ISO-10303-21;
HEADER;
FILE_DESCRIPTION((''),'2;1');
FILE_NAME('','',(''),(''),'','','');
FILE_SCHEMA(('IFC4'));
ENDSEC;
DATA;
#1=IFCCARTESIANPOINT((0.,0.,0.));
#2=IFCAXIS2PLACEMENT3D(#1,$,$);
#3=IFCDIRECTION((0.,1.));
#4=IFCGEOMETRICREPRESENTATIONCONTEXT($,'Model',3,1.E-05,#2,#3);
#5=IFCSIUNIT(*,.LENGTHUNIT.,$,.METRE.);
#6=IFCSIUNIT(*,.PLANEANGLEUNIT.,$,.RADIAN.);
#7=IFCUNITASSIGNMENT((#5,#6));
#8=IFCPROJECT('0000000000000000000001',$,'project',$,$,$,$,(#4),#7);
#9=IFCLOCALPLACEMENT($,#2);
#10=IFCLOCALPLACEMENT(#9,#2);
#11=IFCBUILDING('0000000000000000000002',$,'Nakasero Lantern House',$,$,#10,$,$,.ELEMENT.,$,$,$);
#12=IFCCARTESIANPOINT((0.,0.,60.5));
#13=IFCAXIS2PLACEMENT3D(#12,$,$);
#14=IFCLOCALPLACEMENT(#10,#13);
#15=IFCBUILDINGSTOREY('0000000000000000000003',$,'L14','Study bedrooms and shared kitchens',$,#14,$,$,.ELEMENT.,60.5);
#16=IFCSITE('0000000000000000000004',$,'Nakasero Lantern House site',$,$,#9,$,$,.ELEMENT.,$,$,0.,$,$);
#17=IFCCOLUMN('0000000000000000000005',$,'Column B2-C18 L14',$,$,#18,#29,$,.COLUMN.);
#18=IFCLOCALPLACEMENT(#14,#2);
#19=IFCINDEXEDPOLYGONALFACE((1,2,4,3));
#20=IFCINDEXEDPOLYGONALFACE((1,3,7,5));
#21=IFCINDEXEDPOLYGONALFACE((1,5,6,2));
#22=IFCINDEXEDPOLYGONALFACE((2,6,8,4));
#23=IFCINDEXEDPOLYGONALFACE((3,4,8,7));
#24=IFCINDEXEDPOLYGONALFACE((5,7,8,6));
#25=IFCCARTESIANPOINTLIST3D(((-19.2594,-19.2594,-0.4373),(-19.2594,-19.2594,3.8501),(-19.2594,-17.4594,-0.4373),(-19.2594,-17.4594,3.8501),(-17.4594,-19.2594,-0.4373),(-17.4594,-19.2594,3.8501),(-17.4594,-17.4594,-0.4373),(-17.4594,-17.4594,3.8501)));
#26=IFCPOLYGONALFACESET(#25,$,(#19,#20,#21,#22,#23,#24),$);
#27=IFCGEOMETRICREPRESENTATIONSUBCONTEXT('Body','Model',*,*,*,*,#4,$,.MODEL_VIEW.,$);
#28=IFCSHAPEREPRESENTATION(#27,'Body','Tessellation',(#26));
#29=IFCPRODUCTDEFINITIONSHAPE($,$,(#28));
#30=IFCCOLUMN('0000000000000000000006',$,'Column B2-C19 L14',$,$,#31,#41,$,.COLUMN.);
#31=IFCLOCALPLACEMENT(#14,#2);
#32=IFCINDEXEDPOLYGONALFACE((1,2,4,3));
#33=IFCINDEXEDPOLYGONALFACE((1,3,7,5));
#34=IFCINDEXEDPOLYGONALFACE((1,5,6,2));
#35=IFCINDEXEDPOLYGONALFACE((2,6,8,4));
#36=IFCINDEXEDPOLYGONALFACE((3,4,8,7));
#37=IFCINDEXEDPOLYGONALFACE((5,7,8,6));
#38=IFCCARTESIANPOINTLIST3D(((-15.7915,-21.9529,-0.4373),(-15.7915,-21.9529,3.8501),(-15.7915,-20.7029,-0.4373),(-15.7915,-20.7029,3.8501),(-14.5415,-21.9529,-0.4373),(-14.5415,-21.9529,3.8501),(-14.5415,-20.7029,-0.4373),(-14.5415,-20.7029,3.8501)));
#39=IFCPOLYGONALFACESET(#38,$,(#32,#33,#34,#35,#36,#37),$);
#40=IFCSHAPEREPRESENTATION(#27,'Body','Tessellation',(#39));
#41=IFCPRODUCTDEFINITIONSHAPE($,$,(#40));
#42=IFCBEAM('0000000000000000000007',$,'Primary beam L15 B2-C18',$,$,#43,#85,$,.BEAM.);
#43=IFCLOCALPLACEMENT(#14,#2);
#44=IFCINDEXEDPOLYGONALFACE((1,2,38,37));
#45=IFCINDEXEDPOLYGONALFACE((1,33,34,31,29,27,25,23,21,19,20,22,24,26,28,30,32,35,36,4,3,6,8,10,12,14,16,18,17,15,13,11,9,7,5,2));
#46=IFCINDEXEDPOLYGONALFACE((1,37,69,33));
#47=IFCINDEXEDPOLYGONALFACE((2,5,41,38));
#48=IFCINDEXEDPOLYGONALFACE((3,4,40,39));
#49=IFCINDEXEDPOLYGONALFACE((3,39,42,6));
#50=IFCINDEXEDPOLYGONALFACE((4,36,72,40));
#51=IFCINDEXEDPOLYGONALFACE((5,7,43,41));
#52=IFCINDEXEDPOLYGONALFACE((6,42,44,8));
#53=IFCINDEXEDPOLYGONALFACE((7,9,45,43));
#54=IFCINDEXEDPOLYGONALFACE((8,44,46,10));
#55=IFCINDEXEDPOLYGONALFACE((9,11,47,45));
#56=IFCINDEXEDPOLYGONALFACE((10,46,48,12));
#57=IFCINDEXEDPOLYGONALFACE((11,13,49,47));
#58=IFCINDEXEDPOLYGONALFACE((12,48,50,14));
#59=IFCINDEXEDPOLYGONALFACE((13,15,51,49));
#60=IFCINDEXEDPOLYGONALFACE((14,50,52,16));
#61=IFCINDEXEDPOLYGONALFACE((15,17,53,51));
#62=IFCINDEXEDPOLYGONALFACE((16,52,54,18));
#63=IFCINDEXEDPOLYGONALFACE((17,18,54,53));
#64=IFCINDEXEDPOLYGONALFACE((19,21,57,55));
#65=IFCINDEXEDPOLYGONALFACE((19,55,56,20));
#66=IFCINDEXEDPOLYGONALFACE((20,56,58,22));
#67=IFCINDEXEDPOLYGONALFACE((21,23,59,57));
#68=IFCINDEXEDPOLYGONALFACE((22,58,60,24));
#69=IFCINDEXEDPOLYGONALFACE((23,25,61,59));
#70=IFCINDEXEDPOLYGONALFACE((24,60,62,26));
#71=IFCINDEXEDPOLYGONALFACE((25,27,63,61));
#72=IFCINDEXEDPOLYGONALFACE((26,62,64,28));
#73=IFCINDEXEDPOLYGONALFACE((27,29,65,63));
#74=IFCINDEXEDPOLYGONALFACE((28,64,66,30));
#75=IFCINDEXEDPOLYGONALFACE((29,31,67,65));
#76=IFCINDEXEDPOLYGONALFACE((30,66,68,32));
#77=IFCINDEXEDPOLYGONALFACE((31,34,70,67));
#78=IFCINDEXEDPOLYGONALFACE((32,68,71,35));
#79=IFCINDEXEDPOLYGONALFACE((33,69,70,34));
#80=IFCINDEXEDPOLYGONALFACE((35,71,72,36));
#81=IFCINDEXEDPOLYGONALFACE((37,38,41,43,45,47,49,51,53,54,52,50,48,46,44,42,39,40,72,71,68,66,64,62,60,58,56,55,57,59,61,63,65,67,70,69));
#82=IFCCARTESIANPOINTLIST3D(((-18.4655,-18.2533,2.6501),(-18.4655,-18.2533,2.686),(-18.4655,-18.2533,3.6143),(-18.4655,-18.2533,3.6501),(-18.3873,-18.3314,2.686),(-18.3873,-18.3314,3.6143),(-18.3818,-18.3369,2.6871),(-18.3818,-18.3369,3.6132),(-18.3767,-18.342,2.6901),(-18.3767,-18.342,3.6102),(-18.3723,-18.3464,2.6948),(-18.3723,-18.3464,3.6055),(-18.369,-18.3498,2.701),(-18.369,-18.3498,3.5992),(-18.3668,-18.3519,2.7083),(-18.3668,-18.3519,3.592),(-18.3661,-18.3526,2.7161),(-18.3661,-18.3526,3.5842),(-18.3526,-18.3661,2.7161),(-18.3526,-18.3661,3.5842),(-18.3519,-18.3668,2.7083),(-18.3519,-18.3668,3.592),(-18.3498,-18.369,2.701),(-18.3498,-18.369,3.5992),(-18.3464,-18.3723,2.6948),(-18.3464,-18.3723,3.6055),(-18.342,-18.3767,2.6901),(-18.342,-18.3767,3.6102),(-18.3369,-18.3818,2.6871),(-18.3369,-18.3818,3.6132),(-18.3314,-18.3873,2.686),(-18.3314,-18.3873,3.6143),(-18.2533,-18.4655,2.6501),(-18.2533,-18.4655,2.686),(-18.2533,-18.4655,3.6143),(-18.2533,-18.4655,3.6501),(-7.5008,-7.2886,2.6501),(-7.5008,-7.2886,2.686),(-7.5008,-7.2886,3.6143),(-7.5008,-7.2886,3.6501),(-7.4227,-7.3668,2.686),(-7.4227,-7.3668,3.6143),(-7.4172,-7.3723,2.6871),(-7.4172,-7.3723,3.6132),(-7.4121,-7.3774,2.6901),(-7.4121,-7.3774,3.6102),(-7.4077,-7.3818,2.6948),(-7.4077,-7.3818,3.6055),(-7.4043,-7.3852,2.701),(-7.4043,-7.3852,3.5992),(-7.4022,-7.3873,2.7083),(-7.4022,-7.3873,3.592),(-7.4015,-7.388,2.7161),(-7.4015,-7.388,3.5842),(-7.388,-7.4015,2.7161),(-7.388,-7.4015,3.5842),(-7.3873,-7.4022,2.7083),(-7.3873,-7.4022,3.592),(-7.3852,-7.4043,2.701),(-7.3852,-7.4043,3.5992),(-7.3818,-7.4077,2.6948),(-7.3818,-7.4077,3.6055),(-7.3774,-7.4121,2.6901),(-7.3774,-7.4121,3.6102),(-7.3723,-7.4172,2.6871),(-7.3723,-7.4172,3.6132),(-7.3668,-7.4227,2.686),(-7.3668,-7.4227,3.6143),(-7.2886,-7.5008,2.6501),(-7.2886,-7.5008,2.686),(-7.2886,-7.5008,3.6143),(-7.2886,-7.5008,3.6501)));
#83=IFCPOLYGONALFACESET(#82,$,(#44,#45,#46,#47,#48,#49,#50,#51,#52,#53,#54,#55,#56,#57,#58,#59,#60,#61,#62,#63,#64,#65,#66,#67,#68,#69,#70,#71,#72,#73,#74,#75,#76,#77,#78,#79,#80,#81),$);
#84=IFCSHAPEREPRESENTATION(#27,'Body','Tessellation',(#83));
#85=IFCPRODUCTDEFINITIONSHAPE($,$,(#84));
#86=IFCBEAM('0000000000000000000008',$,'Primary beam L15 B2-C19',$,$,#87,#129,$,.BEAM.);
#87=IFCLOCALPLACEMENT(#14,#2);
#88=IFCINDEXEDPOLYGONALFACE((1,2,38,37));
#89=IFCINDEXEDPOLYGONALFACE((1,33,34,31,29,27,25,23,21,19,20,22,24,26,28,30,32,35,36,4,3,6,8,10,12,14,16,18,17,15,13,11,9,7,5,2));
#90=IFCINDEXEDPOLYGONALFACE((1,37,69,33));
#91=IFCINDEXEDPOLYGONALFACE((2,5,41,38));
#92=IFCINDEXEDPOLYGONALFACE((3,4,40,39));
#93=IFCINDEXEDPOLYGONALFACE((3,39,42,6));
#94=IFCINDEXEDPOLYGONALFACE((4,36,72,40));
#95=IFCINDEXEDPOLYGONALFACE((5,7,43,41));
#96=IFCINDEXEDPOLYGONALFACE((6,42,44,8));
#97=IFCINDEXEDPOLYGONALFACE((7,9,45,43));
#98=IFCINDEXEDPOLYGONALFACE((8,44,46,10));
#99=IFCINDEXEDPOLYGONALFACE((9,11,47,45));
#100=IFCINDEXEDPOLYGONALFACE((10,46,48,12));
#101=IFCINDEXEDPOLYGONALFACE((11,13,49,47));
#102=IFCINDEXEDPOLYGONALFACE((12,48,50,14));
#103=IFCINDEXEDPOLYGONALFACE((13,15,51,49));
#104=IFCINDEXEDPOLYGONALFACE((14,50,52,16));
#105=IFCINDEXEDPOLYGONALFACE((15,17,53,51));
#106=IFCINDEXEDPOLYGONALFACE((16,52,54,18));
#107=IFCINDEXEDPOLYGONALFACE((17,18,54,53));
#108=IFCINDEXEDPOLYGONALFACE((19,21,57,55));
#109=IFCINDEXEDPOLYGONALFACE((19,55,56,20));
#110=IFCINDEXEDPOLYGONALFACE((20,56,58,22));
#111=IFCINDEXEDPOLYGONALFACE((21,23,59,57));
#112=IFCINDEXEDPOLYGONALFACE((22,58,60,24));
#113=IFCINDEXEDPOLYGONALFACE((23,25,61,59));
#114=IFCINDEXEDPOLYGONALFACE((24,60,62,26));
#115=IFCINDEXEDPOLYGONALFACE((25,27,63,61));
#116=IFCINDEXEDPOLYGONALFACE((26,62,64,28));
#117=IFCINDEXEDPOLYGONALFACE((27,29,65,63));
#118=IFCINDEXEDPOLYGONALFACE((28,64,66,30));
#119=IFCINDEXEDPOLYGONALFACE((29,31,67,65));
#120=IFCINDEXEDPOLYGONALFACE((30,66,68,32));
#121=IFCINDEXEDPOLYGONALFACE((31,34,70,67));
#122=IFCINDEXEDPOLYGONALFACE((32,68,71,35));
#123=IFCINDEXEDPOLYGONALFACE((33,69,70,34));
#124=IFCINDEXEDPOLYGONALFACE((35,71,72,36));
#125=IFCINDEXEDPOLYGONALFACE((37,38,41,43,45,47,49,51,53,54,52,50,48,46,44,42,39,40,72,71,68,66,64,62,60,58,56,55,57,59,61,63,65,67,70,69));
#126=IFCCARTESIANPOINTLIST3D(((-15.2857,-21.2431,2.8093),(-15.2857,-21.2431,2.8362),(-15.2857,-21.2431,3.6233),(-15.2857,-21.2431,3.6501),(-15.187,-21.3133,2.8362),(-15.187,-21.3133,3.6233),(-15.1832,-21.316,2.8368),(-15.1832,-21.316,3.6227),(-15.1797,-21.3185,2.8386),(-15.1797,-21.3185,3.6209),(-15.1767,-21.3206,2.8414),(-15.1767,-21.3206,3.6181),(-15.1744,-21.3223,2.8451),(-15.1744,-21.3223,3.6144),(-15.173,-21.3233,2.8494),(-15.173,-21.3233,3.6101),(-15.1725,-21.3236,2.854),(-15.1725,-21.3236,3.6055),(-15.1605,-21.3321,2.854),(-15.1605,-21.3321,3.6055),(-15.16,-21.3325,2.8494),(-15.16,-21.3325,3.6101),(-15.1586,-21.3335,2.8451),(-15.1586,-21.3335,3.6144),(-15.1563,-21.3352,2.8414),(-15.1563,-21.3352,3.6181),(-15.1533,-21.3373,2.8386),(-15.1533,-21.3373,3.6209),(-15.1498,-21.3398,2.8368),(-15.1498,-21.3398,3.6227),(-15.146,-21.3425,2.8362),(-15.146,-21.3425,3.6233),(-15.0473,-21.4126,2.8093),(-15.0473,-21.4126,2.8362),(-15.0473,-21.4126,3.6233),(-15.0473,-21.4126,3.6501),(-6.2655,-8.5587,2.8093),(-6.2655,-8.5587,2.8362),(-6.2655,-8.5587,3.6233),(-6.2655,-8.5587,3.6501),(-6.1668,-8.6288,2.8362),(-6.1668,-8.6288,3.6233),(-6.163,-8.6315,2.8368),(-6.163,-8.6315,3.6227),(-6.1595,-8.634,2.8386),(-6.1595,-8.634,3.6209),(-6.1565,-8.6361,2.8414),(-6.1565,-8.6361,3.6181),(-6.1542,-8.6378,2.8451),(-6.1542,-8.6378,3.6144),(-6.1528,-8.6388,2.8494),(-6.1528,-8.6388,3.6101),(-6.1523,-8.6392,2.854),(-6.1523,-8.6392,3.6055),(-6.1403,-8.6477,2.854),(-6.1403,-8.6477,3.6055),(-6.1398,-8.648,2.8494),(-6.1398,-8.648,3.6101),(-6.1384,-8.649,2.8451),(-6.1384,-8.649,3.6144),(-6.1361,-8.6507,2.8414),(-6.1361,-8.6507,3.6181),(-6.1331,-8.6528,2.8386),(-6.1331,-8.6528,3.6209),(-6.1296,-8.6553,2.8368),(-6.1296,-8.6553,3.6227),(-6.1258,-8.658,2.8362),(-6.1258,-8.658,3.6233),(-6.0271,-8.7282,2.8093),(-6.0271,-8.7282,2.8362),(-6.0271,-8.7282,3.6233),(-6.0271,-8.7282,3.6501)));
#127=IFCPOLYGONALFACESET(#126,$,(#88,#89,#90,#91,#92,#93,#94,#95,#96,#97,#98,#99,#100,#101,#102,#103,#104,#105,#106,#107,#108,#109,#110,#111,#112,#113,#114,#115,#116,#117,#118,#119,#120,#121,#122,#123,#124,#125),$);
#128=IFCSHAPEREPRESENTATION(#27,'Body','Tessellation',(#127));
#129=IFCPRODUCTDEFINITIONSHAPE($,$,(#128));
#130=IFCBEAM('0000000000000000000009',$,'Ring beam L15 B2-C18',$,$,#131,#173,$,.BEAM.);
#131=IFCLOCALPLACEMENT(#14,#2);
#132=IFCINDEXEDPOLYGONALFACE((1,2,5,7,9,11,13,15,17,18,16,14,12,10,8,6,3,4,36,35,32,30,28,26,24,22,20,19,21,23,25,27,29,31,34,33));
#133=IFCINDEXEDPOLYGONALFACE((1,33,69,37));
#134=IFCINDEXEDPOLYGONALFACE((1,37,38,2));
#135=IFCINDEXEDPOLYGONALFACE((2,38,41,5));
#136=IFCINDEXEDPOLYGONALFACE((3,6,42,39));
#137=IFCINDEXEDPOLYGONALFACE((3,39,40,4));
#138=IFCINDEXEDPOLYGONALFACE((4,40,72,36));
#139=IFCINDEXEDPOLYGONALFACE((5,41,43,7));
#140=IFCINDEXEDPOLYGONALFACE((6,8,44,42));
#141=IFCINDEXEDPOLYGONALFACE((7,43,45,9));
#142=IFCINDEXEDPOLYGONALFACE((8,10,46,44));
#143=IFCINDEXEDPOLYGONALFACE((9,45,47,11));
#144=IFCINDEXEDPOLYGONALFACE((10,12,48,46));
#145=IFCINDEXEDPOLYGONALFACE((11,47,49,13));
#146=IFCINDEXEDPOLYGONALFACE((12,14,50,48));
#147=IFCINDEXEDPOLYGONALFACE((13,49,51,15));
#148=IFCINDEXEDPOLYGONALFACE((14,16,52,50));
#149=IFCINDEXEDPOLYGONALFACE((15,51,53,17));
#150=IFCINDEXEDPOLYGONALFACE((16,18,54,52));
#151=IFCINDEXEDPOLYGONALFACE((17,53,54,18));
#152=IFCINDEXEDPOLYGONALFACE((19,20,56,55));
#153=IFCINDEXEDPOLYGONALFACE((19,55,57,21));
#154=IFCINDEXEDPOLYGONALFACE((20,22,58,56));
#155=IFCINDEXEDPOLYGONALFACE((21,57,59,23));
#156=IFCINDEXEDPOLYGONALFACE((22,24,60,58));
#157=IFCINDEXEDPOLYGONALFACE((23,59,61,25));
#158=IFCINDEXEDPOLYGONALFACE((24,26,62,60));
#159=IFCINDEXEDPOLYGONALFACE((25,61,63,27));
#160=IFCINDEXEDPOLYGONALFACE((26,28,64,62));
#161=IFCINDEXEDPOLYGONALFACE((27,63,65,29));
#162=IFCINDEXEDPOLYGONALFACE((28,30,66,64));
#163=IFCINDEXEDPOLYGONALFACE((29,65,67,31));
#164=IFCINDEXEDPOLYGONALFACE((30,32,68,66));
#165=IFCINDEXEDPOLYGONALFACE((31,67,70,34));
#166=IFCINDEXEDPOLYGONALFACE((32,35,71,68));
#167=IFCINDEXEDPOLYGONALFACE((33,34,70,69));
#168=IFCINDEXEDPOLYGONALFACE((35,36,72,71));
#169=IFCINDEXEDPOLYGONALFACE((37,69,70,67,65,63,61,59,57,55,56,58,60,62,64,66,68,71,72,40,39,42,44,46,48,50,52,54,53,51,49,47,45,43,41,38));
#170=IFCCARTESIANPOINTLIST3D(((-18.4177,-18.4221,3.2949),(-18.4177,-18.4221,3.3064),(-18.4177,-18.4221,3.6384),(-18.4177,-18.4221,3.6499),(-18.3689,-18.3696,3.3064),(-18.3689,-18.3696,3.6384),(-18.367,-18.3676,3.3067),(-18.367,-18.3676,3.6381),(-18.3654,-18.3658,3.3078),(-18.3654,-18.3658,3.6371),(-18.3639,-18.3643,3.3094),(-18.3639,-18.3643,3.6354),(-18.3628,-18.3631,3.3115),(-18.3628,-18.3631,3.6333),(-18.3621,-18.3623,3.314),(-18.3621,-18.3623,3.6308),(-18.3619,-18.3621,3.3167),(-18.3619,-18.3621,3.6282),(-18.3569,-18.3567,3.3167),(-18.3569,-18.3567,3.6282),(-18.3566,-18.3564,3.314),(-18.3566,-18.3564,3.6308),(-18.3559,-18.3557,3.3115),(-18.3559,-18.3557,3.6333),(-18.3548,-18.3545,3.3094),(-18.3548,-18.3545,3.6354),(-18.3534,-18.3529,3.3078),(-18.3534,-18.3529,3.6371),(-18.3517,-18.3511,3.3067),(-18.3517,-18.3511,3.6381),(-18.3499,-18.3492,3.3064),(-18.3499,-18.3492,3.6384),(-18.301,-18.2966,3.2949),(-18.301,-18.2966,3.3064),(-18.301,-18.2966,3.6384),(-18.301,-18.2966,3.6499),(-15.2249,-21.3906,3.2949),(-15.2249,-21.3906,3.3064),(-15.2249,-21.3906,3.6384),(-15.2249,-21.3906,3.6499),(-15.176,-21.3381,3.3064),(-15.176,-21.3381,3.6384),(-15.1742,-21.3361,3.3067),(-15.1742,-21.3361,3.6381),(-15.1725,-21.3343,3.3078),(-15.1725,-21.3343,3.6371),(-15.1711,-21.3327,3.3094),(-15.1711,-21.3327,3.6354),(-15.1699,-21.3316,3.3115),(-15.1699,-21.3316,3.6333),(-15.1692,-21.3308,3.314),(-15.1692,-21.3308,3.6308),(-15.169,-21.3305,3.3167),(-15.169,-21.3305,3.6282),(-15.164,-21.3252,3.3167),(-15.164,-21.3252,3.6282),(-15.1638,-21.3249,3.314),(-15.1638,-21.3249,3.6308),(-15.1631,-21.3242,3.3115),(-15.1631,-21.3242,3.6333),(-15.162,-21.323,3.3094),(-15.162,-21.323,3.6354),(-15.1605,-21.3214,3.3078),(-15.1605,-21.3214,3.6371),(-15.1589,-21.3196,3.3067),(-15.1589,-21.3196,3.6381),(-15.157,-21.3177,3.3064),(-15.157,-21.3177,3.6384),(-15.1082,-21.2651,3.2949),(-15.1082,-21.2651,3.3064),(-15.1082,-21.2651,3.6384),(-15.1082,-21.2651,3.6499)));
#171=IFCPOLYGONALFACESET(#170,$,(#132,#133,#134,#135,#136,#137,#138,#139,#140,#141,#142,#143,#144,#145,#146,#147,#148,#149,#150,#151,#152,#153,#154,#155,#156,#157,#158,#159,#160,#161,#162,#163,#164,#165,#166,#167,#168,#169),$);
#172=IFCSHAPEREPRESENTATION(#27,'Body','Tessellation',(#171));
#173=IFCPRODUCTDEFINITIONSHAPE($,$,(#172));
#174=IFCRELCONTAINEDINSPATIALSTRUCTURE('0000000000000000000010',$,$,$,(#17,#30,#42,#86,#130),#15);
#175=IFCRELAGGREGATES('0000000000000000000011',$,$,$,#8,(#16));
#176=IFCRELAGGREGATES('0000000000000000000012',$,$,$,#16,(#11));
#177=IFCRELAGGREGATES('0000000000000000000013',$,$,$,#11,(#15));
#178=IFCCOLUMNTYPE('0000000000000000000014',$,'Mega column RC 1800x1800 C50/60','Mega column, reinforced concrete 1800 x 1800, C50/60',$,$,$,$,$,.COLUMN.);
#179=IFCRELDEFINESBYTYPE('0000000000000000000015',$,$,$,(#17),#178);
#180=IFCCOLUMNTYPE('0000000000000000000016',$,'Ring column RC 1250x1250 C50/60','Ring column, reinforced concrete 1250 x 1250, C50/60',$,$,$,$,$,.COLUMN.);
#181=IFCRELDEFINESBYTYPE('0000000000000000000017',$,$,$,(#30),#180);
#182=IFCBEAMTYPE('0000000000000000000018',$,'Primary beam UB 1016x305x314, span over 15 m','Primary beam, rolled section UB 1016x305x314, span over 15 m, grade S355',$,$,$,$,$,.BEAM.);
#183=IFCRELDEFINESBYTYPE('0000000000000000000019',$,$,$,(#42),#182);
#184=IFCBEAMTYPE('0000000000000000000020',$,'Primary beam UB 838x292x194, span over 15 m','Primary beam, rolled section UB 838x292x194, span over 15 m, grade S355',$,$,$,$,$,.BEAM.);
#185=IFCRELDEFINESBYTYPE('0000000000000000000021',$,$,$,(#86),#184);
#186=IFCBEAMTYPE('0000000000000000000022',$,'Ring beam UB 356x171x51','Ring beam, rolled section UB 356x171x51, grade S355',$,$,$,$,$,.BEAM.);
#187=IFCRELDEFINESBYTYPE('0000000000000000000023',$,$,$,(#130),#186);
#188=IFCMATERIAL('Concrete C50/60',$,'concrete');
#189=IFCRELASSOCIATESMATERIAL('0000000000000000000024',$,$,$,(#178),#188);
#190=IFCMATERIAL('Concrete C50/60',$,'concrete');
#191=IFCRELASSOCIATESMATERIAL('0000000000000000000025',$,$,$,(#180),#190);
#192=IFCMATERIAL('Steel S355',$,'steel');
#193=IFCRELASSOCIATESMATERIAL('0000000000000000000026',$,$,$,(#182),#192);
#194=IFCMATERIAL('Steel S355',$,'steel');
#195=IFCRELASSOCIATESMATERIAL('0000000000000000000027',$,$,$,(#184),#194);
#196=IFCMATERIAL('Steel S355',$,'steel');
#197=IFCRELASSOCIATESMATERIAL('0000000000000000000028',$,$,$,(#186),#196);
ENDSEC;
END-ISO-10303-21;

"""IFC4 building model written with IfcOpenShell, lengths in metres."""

from ifc_helpers import new_model, si_unit, direction, frame, origin, origin_2d, place, context, subcontext, project, spatial, rectangle, i_section, extrude, material, material_profile, profile_set, type_object, element, save


model = new_model("IFC4")

# Units and contexts
model_context = context("Model", 3, precision=1e-05, world=origin(), true_north=direction((0.0, 1.0)))
body_context = subcontext(model_context, "Body", "Model", "MODEL_VIEW")
ifc_project = project(units=[si_unit("LENGTHUNIT", "METRE"), si_unit("PLANEANGLEUNIT", "RADIAN")], contexts=[model_context])

# Site, building, storey
site_placement = place(None, origin())
site = spatial("IfcSite", under=ifc_project, at=site_placement, Name="Nakasero Lantern House site", CompositionType="ELEMENT", RefElevation=0.0)
building_placement = place(site_placement, origin())
building = spatial("IfcBuilding", under=site, at=building_placement, Name="Nakasero Lantern House", CompositionType="ELEMENT")
storey_placement = place(building_placement, frame((0.0, 0.0, 60.5)))
storey = spatial("IfcBuildingStorey", under=building, at=storey_placement, Name="L14", Description="Study bedrooms and shared kitchens", CompositionType="ELEMENT", Elevation=60.5)

# Columns
ifc_material_1 = material(Name="Concrete C50/60", Category="concrete")
ifc_material_profile_1 = material_profile(ifc_material_1, rectangle(XDim=1.8, YDim=1.8, at=origin_2d()), Name="RC 1800x1800")
ifc_profile_set_1 = profile_set([ifc_material_profile_1], Name="Concrete C50/60")
column_type_1 = type_object("IfcColumnType", Name="Mega column RC 1800x1800 C50/60", Description="Mega column, reinforced concrete 1800 x 1800, C50/60", PredefinedType="COLUMN", material=ifc_profile_set_1)
column_1_placement = place(storey_placement, frame((-18.3594, -18.3594, -0.4373), z_axis=(0.0, 0.0, 1.0), x_axis=(1.0, 0.0, 0.0)))
element("IfcColumn", 1, at=column_1_placement, inside=storey, type_object=column_type_1, Name="Column B2-C18 L14", PredefinedType="COLUMN", context=body_context, shape_type="SweptSolid", body=[
    extrude(rectangle(XDim=1.8, YDim=1.8, at=origin_2d()), origin(), (0.0, 0.0, 1.0), 4.2874),
])
ifc_material_2 = material(Name="Concrete C50/60", Category="concrete")
ifc_material_profile_2 = material_profile(ifc_material_2, rectangle(XDim=1.25, YDim=1.25, at=origin_2d()), Name="RC 1250x1250")
ifc_profile_set_2 = profile_set([ifc_material_profile_2], Name="Concrete C50/60")
column_type_2 = type_object("IfcColumnType", Name="Ring column RC 1250x1250 C50/60", Description="Ring column, reinforced concrete 1250 x 1250, C50/60", PredefinedType="COLUMN", material=ifc_profile_set_2)
column_2_placement = place(storey_placement, frame((-15.1665, -21.3279, -0.4373), z_axis=(0.0, 0.0, 1.0), x_axis=(1.0, 0.0, 0.0)))
element("IfcColumn", 2, at=column_2_placement, inside=storey, type_object=column_type_2, Name="Column B2-C19 L14", PredefinedType="COLUMN", context=body_context, shape_type="SweptSolid", body=[
    extrude(rectangle(XDim=1.25, YDim=1.25, at=origin_2d()), origin(), (0.0, 0.0, 1.0), 4.2874),
])

# Beams
ifc_material_3 = material(Name="Steel S355", Category="steel")
ifc_material_profile_3 = material_profile(ifc_material_3, i_section(OverallWidth=0.3, OverallDepth=1.0, WebThickness=0.019, FlangeThickness=0.0359, FilletRadius=0.03, at=origin_2d()), Name="UB 1016x305x314")
ifc_profile_set_3 = profile_set([ifc_material_profile_3], Name="Steel S355")
beam_type_1 = type_object("IfcBeamType", Name="Primary beam UB 1016x305x314, span over 15 m", Description="Primary beam, rolled section UB 1016x305x314, span over 15 m, grade S355", PredefinedType="BEAM", material=ifc_profile_set_3)
beam_1_placement = place(storey_placement, frame((-18.3594, -18.3594, 3.1501), z_axis=(0.707107, 0.707107, 0.0), x_axis=(-0.707107, 0.707107, 0.0)))
element("IfcBeam", 3, at=beam_1_placement, inside=storey, type_object=beam_type_1, Name="Primary beam L15 B2-C18", PredefinedType="BEAM", context=body_context, shape_type="SweptSolid", body=[
    extrude(i_section(OverallWidth=0.3, OverallDepth=1.0, WebThickness=0.019, FlangeThickness=0.0359, FilletRadius=0.03, at=origin_2d()), origin(), (0.0, 0.0, 1.0), 15.5063),
])
ifc_material_4 = material(Name="Steel S355", Category="steel")
ifc_material_profile_4 = material_profile(ifc_material_4, i_section(OverallWidth=0.2925, OverallDepth=0.8408, WebThickness=0.0146, FlangeThickness=0.0269, FilletRadius=0.0178, at=origin_2d()), Name="UB 838x292x194")
ifc_profile_set_4 = profile_set([ifc_material_profile_4], Name="Steel S355")
beam_type_2 = type_object("IfcBeamType", Name="Primary beam UB 838x292x194, span over 15 m", Description="Primary beam, rolled section UB 838x292x194, span over 15 m, grade S355", PredefinedType="BEAM", material=ifc_profile_set_4)
beam_2_placement = place(storey_placement, frame((-15.1665, -21.3279, 3.2297), z_axis=(0.579529, 0.814952, 0.0), x_axis=(-0.814952, 0.579529, 0.0)))
element("IfcBeam", 4, at=beam_2_placement, inside=storey, type_object=beam_type_2, Name="Primary beam L15 B2-C19", PredefinedType="BEAM", context=body_context, shape_type="SweptSolid", body=[
    extrude(i_section(OverallWidth=0.2925, OverallDepth=0.8408, WebThickness=0.0146, FlangeThickness=0.0269, FilletRadius=0.0178, at=origin_2d()), origin(), (0.0, 0.0, 1.0), 15.5647),
])
ifc_material_5 = material(Name="Steel S355", Category="steel")
ifc_material_profile_5 = material_profile(ifc_material_5, i_section(OverallWidth=0.1714, OverallDepth=0.355, WebThickness=0.0073, FlangeThickness=0.0115, FilletRadius=0.0103, at=origin_2d()), Name="UB 356x171x51")
ifc_profile_set_5 = profile_set([ifc_material_profile_5], Name="Steel S355")
beam_type_3 = type_object("IfcBeamType", Name="Ring beam UB 356x171x51", Description="Ring beam, rolled section UB 356x171x51, grade S355", PredefinedType="BEAM", material=ifc_profile_set_5)
beam_3_placement = place(storey_placement, frame((-18.3594, -18.3594, 3.4724), z_axis=(0.732371, -0.680906, 0.0), x_axis=(0.680906, 0.732371, 0.0)))
element("IfcBeam", 5, at=beam_3_placement, inside=storey, type_object=beam_type_3, Name="Ring beam L15 B2-C18", PredefinedType="BEAM", context=body_context, shape_type="SweptSolid", body=[
    extrude(i_section(OverallWidth=0.1714, OverallDepth=0.355, WebThickness=0.0073, FlangeThickness=0.0115, FilletRadius=0.0103, at=origin_2d()), origin(), (0.0, 0.0, 1.0), 4.3596),
])

save(model, "model.ifc")
